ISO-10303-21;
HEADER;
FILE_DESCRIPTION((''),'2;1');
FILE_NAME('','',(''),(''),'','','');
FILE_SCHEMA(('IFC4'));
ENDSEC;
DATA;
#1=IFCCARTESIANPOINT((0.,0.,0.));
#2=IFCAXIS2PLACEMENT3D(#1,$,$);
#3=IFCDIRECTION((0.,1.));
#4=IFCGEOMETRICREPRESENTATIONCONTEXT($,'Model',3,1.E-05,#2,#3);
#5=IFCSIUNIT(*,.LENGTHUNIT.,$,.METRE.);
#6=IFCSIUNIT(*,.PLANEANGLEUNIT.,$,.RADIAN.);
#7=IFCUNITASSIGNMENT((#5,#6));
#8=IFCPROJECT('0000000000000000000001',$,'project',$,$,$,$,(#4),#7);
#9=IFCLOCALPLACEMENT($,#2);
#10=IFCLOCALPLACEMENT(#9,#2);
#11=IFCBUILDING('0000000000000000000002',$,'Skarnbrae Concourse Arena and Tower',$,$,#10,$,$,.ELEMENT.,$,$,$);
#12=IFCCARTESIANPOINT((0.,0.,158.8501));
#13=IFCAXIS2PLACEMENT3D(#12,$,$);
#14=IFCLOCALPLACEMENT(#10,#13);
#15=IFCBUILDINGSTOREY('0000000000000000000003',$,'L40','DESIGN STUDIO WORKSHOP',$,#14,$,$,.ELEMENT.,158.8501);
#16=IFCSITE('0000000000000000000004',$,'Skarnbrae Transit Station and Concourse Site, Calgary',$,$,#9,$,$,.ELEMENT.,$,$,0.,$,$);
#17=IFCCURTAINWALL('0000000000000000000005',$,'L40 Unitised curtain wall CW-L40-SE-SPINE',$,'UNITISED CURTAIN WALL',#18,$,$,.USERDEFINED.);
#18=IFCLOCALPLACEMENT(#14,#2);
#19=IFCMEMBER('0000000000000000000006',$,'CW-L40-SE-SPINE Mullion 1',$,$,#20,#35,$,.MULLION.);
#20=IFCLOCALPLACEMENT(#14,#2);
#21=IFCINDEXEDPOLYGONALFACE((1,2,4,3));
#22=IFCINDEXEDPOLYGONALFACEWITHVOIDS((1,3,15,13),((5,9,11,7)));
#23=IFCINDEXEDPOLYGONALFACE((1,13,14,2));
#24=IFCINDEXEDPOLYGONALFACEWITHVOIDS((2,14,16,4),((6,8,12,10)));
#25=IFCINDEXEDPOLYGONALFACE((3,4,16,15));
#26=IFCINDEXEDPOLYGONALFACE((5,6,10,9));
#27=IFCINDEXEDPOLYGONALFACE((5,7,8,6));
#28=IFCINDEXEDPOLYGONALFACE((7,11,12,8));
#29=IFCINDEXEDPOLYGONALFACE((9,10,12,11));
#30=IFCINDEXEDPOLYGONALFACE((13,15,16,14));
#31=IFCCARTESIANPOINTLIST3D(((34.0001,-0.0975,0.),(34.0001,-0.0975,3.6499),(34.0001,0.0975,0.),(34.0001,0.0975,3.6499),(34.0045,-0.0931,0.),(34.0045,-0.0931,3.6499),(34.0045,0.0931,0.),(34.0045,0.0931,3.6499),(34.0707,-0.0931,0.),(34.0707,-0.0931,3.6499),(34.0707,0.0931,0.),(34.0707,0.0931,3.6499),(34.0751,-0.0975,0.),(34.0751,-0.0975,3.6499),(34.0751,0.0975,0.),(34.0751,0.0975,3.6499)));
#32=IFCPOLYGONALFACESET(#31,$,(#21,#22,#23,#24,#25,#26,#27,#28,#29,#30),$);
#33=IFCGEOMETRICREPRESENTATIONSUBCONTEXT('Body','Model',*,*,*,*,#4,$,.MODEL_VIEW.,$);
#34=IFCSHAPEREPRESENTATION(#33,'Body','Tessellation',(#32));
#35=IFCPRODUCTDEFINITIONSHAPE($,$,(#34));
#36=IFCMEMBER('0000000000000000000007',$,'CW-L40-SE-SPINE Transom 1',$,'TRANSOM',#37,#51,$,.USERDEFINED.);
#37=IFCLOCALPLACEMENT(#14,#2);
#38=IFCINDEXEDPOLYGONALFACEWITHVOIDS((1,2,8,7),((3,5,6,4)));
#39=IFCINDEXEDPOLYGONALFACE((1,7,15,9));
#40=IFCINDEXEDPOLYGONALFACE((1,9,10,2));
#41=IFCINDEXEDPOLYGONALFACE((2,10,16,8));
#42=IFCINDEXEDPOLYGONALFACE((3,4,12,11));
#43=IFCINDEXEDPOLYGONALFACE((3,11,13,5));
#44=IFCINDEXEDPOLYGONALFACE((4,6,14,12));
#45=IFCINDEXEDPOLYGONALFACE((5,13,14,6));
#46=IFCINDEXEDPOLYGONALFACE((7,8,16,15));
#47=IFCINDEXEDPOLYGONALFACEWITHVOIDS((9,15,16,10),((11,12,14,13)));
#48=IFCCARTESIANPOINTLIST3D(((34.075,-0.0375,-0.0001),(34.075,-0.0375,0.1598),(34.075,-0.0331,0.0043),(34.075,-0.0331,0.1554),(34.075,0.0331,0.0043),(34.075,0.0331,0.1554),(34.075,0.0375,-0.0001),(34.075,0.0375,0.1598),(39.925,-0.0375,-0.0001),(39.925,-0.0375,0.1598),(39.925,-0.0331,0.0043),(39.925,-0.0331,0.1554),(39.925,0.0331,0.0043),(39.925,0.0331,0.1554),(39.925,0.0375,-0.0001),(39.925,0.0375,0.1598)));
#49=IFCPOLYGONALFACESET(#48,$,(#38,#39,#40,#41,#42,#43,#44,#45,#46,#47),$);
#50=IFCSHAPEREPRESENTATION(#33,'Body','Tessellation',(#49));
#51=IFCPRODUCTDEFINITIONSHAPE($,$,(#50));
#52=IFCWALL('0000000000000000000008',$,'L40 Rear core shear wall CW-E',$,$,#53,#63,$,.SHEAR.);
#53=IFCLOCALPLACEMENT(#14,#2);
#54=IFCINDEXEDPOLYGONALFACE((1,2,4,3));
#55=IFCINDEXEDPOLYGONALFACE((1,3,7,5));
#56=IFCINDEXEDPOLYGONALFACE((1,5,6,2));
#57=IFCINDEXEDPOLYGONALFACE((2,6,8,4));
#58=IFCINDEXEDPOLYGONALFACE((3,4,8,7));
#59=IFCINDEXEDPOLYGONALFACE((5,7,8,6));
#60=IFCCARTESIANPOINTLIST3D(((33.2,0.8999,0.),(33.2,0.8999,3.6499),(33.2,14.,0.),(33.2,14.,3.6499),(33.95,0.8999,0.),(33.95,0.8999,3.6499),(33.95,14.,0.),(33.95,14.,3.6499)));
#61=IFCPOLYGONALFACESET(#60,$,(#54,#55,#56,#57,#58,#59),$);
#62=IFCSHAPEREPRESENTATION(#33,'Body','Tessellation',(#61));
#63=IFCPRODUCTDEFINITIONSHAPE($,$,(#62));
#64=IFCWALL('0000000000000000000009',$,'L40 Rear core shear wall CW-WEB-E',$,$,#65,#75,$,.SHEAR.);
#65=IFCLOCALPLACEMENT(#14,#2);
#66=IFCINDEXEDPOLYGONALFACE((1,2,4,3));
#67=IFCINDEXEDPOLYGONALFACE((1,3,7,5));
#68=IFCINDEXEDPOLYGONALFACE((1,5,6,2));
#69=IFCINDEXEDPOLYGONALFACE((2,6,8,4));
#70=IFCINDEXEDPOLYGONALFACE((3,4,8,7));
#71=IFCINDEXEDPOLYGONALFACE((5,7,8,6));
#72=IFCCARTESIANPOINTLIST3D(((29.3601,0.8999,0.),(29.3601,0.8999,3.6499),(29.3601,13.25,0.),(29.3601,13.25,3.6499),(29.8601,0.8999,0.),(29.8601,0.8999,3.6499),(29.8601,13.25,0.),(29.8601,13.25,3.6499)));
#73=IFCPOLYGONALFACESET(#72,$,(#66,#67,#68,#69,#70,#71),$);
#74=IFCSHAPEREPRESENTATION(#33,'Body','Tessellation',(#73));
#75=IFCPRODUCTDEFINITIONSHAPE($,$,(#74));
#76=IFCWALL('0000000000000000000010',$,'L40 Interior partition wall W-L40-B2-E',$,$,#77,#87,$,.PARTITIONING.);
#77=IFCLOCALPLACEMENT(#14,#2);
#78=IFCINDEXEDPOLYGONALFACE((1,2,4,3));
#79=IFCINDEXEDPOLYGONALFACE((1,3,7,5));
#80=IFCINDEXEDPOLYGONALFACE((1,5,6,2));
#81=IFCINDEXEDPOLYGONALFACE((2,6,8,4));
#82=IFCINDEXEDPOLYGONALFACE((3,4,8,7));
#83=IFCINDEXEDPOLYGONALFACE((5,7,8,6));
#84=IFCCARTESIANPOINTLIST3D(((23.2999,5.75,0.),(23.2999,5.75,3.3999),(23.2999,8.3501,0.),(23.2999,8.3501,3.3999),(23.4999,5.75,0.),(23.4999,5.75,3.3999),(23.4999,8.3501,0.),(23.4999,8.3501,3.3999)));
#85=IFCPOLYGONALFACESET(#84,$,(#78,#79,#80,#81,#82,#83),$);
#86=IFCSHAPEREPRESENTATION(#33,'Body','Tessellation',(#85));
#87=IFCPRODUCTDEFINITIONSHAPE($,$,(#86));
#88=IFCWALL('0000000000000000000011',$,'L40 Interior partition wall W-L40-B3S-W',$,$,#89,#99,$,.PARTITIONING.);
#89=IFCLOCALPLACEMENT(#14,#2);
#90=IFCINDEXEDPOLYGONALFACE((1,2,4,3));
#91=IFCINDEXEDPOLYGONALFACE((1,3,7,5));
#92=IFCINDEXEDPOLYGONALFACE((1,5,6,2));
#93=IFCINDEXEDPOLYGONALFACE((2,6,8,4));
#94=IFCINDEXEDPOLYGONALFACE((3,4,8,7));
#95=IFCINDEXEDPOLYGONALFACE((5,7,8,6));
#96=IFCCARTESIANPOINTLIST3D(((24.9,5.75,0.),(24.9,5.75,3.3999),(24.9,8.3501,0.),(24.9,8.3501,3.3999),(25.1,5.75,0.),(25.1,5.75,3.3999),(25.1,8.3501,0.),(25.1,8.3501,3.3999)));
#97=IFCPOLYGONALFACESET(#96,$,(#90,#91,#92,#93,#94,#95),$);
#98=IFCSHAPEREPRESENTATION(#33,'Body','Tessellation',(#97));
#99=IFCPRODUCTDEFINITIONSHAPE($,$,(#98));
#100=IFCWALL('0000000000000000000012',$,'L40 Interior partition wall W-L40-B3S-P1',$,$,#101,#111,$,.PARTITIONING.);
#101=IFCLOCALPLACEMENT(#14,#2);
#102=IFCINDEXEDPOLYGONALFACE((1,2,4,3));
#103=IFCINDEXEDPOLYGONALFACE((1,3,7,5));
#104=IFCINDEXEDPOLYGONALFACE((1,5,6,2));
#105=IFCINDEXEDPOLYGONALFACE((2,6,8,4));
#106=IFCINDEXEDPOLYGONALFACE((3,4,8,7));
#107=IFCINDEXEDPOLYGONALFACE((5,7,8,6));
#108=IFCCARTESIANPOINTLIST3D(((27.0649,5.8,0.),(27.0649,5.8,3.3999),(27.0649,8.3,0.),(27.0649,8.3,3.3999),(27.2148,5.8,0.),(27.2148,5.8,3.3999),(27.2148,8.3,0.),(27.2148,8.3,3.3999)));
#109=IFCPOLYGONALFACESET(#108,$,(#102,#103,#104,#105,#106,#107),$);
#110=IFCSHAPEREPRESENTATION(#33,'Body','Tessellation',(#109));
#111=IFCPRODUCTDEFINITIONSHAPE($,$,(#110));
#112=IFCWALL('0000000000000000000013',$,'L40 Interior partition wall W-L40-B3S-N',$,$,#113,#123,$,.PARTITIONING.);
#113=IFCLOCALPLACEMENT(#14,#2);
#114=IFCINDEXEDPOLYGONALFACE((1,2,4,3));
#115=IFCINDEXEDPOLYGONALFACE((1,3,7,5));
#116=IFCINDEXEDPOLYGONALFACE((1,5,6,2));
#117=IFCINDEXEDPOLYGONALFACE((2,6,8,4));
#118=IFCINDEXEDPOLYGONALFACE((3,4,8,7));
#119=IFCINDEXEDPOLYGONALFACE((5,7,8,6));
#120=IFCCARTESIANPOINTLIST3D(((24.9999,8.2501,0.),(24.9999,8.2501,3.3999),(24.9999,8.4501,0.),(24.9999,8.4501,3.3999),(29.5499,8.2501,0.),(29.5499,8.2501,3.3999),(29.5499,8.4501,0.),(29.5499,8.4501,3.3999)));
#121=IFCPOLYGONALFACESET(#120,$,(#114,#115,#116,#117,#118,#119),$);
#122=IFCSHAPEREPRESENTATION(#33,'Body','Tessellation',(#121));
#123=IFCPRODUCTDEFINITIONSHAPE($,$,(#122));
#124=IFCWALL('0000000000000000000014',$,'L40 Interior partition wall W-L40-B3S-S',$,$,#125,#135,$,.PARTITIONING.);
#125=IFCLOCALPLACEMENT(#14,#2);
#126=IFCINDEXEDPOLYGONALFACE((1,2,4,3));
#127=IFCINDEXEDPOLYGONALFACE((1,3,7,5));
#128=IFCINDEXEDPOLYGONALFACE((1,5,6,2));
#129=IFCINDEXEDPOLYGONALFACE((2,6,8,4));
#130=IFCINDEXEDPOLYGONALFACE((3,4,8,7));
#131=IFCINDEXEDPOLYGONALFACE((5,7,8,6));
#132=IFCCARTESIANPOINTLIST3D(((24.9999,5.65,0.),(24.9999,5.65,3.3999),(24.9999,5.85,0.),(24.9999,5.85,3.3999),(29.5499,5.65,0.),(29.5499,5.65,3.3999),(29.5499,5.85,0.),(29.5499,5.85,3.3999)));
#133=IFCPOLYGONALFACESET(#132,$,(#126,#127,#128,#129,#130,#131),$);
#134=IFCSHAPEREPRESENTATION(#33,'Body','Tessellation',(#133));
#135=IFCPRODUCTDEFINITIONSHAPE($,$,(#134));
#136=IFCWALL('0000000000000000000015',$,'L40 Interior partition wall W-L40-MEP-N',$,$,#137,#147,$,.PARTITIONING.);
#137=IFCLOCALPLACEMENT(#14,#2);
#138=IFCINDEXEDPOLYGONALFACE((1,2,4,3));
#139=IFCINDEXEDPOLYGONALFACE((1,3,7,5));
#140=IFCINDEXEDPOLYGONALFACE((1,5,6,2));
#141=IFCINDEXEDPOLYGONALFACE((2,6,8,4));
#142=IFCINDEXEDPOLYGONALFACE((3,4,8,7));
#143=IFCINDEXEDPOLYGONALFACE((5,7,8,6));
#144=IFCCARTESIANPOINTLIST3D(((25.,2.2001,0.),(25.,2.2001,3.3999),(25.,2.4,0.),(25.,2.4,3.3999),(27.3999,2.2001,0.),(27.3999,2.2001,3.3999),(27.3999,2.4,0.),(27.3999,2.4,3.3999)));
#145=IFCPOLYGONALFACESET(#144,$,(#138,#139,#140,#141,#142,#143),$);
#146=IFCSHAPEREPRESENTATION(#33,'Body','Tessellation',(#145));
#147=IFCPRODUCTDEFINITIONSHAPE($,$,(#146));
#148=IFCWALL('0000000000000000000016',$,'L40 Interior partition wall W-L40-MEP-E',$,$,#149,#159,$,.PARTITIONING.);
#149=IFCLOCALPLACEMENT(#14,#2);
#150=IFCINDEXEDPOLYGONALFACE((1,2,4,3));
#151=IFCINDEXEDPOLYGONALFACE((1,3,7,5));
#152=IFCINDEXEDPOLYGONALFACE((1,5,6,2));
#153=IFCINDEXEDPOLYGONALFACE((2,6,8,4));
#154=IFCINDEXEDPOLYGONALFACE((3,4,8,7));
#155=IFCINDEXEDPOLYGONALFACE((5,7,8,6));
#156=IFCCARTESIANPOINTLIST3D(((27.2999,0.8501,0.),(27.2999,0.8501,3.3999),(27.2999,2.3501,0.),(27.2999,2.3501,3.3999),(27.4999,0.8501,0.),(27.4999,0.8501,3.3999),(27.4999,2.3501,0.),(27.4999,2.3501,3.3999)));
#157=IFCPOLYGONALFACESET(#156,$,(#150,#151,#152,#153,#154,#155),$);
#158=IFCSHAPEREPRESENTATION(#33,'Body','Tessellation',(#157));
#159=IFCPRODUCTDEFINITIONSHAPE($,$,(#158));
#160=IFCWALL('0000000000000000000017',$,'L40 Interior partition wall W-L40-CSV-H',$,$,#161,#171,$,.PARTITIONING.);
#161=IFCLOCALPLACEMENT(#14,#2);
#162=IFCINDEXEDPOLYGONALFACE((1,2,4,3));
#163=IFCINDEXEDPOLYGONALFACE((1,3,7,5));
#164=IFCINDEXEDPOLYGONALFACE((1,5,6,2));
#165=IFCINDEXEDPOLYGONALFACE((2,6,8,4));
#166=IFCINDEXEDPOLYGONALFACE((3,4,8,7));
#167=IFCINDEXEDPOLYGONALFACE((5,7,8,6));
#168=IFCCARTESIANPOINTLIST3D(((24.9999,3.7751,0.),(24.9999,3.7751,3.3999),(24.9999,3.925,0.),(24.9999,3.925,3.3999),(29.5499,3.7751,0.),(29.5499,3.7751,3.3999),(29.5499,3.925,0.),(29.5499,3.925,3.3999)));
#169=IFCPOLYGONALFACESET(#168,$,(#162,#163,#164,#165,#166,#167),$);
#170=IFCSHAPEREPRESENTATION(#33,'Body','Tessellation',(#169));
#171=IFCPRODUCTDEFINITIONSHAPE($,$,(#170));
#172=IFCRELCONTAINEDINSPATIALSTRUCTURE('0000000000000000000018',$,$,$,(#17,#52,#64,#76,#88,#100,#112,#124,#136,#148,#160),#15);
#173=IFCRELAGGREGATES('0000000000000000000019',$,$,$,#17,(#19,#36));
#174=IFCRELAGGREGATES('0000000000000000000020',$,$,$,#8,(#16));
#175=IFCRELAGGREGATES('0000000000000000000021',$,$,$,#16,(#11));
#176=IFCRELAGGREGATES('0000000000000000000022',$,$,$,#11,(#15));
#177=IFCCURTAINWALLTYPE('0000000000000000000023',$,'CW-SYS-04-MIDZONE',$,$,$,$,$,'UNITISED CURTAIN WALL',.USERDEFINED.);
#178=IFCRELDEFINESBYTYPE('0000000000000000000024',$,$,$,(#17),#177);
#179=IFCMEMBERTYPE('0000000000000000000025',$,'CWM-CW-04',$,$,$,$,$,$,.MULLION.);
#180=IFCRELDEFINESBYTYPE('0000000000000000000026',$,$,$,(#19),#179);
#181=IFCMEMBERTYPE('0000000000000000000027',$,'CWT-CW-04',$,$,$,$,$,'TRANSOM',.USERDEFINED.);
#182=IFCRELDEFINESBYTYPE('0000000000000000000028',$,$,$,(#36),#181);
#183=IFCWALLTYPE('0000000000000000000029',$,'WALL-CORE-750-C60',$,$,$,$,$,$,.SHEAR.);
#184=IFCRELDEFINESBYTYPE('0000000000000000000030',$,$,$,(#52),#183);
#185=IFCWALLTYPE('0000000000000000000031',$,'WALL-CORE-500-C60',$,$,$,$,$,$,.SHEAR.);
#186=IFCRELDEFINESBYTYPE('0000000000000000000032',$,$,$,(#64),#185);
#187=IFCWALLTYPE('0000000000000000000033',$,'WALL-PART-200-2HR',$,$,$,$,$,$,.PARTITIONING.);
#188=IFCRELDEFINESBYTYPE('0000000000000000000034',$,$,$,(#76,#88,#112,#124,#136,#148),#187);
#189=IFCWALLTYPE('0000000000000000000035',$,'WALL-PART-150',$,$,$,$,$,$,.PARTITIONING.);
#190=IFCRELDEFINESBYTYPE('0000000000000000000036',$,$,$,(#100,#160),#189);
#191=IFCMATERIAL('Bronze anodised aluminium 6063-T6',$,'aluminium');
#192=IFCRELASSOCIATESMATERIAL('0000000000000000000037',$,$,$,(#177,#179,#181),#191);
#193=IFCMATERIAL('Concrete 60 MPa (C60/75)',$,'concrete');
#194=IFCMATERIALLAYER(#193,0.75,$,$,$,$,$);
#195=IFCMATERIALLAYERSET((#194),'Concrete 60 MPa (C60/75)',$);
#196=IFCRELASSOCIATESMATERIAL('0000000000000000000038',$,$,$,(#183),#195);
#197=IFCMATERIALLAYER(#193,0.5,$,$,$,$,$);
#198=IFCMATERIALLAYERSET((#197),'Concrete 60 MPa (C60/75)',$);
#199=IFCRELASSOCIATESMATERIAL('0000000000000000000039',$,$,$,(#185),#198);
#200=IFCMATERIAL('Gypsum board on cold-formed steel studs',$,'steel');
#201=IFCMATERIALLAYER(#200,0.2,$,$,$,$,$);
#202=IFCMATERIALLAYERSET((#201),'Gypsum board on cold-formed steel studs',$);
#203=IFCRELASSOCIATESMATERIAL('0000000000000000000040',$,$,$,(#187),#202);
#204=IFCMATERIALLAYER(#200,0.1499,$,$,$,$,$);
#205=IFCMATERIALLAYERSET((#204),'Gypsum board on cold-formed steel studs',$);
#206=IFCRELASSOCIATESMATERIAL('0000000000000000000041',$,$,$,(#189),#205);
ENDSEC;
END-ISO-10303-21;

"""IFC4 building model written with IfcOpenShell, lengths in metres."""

from ifc_helpers import new_model, si_unit, direction, frame, frame_2d, origin, origin_2d, place, context, subcontext, project, spatial, rectangle, hollow_rectangle, extrude, source, transform, mapped, material, layer, layer_set, material_profile, profile_set, type_object, element, aggregate, save


model = new_model("IFC4")

# Units and contexts
model_context = context("Model", 3, precision=1e-05, world=origin(), true_north=direction((0.0, 1.0)))
body_context = subcontext(model_context, "Body", "Model", "MODEL_VIEW")
ifc_project = project(units=[si_unit("LENGTHUNIT", "METRE"), si_unit("PLANEANGLEUNIT", "RADIAN")], contexts=[model_context])

# Site, building, storey
site_placement = place(None, origin())
site = spatial("IfcSite", under=ifc_project, at=site_placement, Name="Skarnbrae Transit Station and Concourse Site, Calgary", CompositionType="ELEMENT", RefElevation=0.0)
building_placement = place(site_placement, origin())
building = spatial("IfcBuilding", under=site, at=building_placement, Name="Skarnbrae Concourse Arena and Tower", CompositionType="ELEMENT")
storey_placement = place(building_placement, frame((0.0, 0.0, 158.8501)))
storey = spatial("IfcBuildingStorey", under=building, at=storey_placement, Name="L40", Description="DESIGN STUDIO WORKSHOP", CompositionType="ELEMENT", Elevation=158.8501)

# Curtain wall, members
ifc_material_1 = material(Name="Bronze anodised aluminium 6063-T6", Category="aluminium")
curtain_wall_type = type_object("IfcCurtainWallType", Name="CW-SYS-04-MIDZONE", ElementType="UNITISED CURTAIN WALL", PredefinedType="USERDEFINED", material=ifc_material_1)
curtain_wall_placement = place(storey_placement, origin())
curtain_wall = element("IfcCurtainWall", 1, at=curtain_wall_placement, inside=storey, type_object=curtain_wall_type, Name="L40 Unitised curtain wall CW-L40-SE-SPINE", ObjectType="UNITISED CURTAIN WALL", PredefinedType="USERDEFINED")
ifc_material_profile_1 = material_profile(ifc_material_1, hollow_rectangle(XDim=0.075, YDim=0.1951, WallThickness=0.0044, at=origin_2d()), Name="ALU-MULL-75X195")
ifc_profile_set_1 = profile_set([ifc_material_profile_1], Name="Bronze anodised aluminium 6063-T6")
member_type_1 = type_object("IfcMemberType", Name="CWM-CW-04", PredefinedType="MULLION", material=ifc_profile_set_1)
shared_shape_1 = source(origin(), body_context, "Body", "SweptSolid", [
    extrude(hollow_rectangle(XDim=0.075, YDim=0.1951, WallThickness=0.0044, at=origin_2d()), origin(), (0.0, 0.0, 1.0), 3.6499),
])
member_1_placement = place(storey_placement, frame((34.0376, 0.0, 0.0), z_axis=(0.0, 0.0, 1.0), x_axis=(1.0, 0.0, 0.0)))
member_1 = element("IfcMember", 2, at=member_1_placement, type_object=member_type_1, Name="CW-L40-SE-SPINE Mullion 1", PredefinedType="MULLION", context=body_context, shape_type="MappedRepresentation", body=[
    mapped(shared_shape_1, transform((0.0, 0.0, 0.0))),
])
ifc_material_profile_2 = material_profile(ifc_material_1, hollow_rectangle(XDim=0.075, YDim=0.1599, WallThickness=0.0044, at=origin_2d()), Name="ALU-TRAN-75X160")
ifc_profile_set_2 = profile_set([ifc_material_profile_2], Name="Bronze anodised aluminium 6063-T6")
member_type_2 = type_object("IfcMemberType", Name="CWT-CW-04", ElementType="TRANSOM", PredefinedType="USERDEFINED", material=ifc_profile_set_2)
shared_shape_2 = source(origin(), body_context, "Body", "SweptSolid", [
    extrude(hollow_rectangle(XDim=0.075, YDim=0.1599, WallThickness=0.0044, at=origin_2d()), origin(), (0.0, 0.0, 1.0), 5.8501),
])
member_2_placement = place(storey_placement, frame((34.075, 0.0, 0.0798), z_axis=(1.0, 0.0, 0.0), x_axis=(0.0, 1.0, 0.0)))
member_2 = element("IfcMember", 3, at=member_2_placement, type_object=member_type_2, Name="CW-L40-SE-SPINE Transom 1", ObjectType="TRANSOM", PredefinedType="USERDEFINED", context=body_context, shape_type="MappedRepresentation", body=[
    mapped(shared_shape_2, transform((0.0, 0.0, 0.0))),
])
aggregate(curtain_wall, [member_1, member_2])

# Walls
ifc_material_2 = material(Name="Concrete 60 MPa (C60/75)", Category="concrete")
ifc_layer_1 = layer(ifc_material_2, 0.75)
ifc_layer_set_1 = layer_set([ifc_layer_1], Name="Concrete 60 MPa (C60/75)")
wall_type_1 = type_object("IfcWallType", Name="WALL-CORE-750-C60", PredefinedType="SHEAR", material=ifc_layer_set_1)
shared_shape_3 = source(origin(), body_context, "Body", "SweptSolid", [
    extrude(rectangle(XDim=13.1001, YDim=0.75, at=frame_2d((6.55, 0.0))), origin(), (0.0, 0.0, 1.0), 3.6499),
])
wall_1_placement = place(storey_placement, frame((33.575, 0.8999, 0.0), z_axis=(0.0, 0.0, 1.0), x_axis=(0.0, 1.0, 0.0)))
element("IfcWall", 4, at=wall_1_placement, inside=storey, type_object=wall_type_1, Name="L40 Rear core shear wall CW-E", PredefinedType="SHEAR", context=body_context, shape_type="MappedRepresentation", body=[
    mapped(shared_shape_3, transform((0.0, 0.0, 0.0))),
])
ifc_layer_2 = layer(ifc_material_2, 0.5)
ifc_layer_set_2 = layer_set([ifc_layer_2], Name="Concrete 60 MPa (C60/75)")
wall_type_2 = type_object("IfcWallType", Name="WALL-CORE-500-C60", PredefinedType="SHEAR", material=ifc_layer_set_2)
shared_shape_4 = source(origin(), body_context, "Body", "SweptSolid", [
    extrude(rectangle(XDim=12.3501, YDim=0.5, at=frame_2d((6.175, 0.0))), origin(), (0.0, 0.0, 1.0), 3.6499),
])
wall_2_placement = place(storey_placement, frame((29.6101, 0.8999, 0.0), z_axis=(0.0, 0.0, 1.0), x_axis=(0.0, 1.0, 0.0)))
element("IfcWall", 5, at=wall_2_placement, inside=storey, type_object=wall_type_2, Name="L40 Rear core shear wall CW-WEB-E", PredefinedType="SHEAR", context=body_context, shape_type="MappedRepresentation", body=[
    mapped(shared_shape_4, transform((0.0, 0.0, 0.0))),
])
ifc_material_3 = material(Name="Gypsum board on cold-formed steel studs", Category="steel")
ifc_layer_3 = layer(ifc_material_3, 0.2)
ifc_layer_set_3 = layer_set([ifc_layer_3], Name="Gypsum board on cold-formed steel studs")
wall_type_3 = type_object("IfcWallType", Name="WALL-PART-200-2HR", PredefinedType="PARTITIONING", material=ifc_layer_set_3)
shared_shape_5 = source(origin(), body_context, "Body", "SweptSolid", [
    extrude(rectangle(XDim=2.6001, YDim=0.2, at=frame_2d((1.3, 0.0))), origin(), (0.0, 0.0, 1.0), 3.3999),
])
for number, where, z_axis, x_axis, name in (
    (6, (23.3999, 5.75, 0.0), (0.0, 0.0, 1.0), (0.0, 1.0, 0.0), "L40 Interior partition wall W-L40-B2-E"),
    (7, (25.0, 5.75, 0.0), (0.0, 0.0, 1.0), (0.0, 1.0, 0.0), "L40 Interior partition wall W-L40-B3S-W"),
):
    element("IfcWall", number, at=place(storey_placement, frame(where, z_axis=z_axis, x_axis=x_axis)), inside=storey, type_object=wall_type_3, Name=name, PredefinedType="PARTITIONING", context=body_context, shape_type="MappedRepresentation", body=[
        mapped(shared_shape_5, transform((0.0, 0.0, 0.0))),
    ])
ifc_layer_4 = layer(ifc_material_3, 0.1499)
ifc_layer_set_4 = layer_set([ifc_layer_4], Name="Gypsum board on cold-formed steel studs")
wall_type_4 = type_object("IfcWallType", Name="WALL-PART-150", PredefinedType="PARTITIONING", material=ifc_layer_set_4)
shared_shape_6 = source(origin(), body_context, "Body", "SweptSolid", [
    extrude(rectangle(XDim=2.5, YDim=0.1499, at=frame_2d((1.25, 0.0))), origin(), (0.0, 0.0, 1.0), 3.3999),
])
wall_3_placement = place(storey_placement, frame((27.1399, 5.8, 0.0), z_axis=(0.0, 0.0, 1.0), x_axis=(0.0, 1.0, 0.0)))
element("IfcWall", 8, at=wall_3_placement, inside=storey, type_object=wall_type_4, Name="L40 Interior partition wall W-L40-B3S-P1", PredefinedType="PARTITIONING", context=body_context, shape_type="MappedRepresentation", body=[
    mapped(shared_shape_6, transform((0.0, 0.0, 0.0))),
])
shared_shape_7 = source(origin(), body_context, "Body", "SweptSolid", [
    extrude(rectangle(XDim=4.55, YDim=0.2, at=frame_2d((2.2749, 0.0))), origin(), (0.0, 0.0, 1.0), 3.3999),
])
for number, where, z_axis, x_axis, name in (
    (9, (25.0, 8.3501, 0.0), (0.0, 0.0, 1.0), (1.0, 0.0, 0.0), "L40 Interior partition wall W-L40-B3S-N"),
    (10, (25.0, 5.75, 0.0), (0.0, 0.0, 1.0), (1.0, 0.0, 0.0), "L40 Interior partition wall W-L40-B3S-S"),
):
    element("IfcWall", number, at=place(storey_placement, frame(where, z_axis=z_axis, x_axis=x_axis)), inside=storey, type_object=wall_type_3, Name=name, PredefinedType="PARTITIONING", context=body_context, shape_type="MappedRepresentation", body=[
        mapped(shared_shape_7, transform((0.0, 0.0, 0.0))),
    ])

# Walls
shared_shape_8 = source(origin(), body_context, "Body", "SweptSolid", [
    extrude(rectangle(XDim=2.3999, YDim=0.2, at=frame_2d((1.2, 0.0))), origin(), (0.0, 0.0, 1.0), 3.3999),
])
wall_4_placement = place(storey_placement, frame((25.0, 2.3, 0.0), z_axis=(0.0, 0.0, 1.0), x_axis=(1.0, 0.0, 0.0)))
element("IfcWall", 11, at=wall_4_placement, inside=storey, type_object=wall_type_3, Name="L40 Interior partition wall W-L40-MEP-N", PredefinedType="PARTITIONING", context=body_context, shape_type="MappedRepresentation", body=[
    mapped(shared_shape_8, transform((0.0, 0.0, 0.0))),
])
shared_shape_9 = source(origin(), body_context, "Body", "SweptSolid", [
    extrude(rectangle(XDim=1.5, YDim=0.2, at=frame_2d((0.75, 0.0))), origin(), (0.0, 0.0, 1.0), 3.3999),
])
wall_5_placement = place(storey_placement, frame((27.3999, 0.8501, 0.0), z_axis=(0.0, 0.0, 1.0), x_axis=(0.0, 1.0, 0.0)))
element("IfcWall", 12, at=wall_5_placement, inside=storey, type_object=wall_type_3, Name="L40 Interior partition wall W-L40-MEP-E", PredefinedType="PARTITIONING", context=body_context, shape_type="MappedRepresentation", body=[
    mapped(shared_shape_9, transform((0.0, 0.0, 0.0))),
])
shared_shape_10 = source(origin(), body_context, "Body", "SweptSolid", [
    extrude(rectangle(XDim=4.55, YDim=0.1499, at=frame_2d((2.2749, 0.0))), origin(), (0.0, 0.0, 1.0), 3.3999),
])
wall_6_placement = place(storey_placement, frame((25.0, 3.8501, 0.0), z_axis=(0.0, 0.0, 1.0), x_axis=(1.0, 0.0, 0.0)))
element("IfcWall", 13, at=wall_6_placement, inside=storey, type_object=wall_type_4, Name="L40 Interior partition wall W-L40-CSV-H", PredefinedType="PARTITIONING", context=body_context, shape_type="MappedRepresentation", body=[
    mapped(shared_shape_10, transform((0.0, 0.0, 0.0))),
])

save(model, "model.ifc")
